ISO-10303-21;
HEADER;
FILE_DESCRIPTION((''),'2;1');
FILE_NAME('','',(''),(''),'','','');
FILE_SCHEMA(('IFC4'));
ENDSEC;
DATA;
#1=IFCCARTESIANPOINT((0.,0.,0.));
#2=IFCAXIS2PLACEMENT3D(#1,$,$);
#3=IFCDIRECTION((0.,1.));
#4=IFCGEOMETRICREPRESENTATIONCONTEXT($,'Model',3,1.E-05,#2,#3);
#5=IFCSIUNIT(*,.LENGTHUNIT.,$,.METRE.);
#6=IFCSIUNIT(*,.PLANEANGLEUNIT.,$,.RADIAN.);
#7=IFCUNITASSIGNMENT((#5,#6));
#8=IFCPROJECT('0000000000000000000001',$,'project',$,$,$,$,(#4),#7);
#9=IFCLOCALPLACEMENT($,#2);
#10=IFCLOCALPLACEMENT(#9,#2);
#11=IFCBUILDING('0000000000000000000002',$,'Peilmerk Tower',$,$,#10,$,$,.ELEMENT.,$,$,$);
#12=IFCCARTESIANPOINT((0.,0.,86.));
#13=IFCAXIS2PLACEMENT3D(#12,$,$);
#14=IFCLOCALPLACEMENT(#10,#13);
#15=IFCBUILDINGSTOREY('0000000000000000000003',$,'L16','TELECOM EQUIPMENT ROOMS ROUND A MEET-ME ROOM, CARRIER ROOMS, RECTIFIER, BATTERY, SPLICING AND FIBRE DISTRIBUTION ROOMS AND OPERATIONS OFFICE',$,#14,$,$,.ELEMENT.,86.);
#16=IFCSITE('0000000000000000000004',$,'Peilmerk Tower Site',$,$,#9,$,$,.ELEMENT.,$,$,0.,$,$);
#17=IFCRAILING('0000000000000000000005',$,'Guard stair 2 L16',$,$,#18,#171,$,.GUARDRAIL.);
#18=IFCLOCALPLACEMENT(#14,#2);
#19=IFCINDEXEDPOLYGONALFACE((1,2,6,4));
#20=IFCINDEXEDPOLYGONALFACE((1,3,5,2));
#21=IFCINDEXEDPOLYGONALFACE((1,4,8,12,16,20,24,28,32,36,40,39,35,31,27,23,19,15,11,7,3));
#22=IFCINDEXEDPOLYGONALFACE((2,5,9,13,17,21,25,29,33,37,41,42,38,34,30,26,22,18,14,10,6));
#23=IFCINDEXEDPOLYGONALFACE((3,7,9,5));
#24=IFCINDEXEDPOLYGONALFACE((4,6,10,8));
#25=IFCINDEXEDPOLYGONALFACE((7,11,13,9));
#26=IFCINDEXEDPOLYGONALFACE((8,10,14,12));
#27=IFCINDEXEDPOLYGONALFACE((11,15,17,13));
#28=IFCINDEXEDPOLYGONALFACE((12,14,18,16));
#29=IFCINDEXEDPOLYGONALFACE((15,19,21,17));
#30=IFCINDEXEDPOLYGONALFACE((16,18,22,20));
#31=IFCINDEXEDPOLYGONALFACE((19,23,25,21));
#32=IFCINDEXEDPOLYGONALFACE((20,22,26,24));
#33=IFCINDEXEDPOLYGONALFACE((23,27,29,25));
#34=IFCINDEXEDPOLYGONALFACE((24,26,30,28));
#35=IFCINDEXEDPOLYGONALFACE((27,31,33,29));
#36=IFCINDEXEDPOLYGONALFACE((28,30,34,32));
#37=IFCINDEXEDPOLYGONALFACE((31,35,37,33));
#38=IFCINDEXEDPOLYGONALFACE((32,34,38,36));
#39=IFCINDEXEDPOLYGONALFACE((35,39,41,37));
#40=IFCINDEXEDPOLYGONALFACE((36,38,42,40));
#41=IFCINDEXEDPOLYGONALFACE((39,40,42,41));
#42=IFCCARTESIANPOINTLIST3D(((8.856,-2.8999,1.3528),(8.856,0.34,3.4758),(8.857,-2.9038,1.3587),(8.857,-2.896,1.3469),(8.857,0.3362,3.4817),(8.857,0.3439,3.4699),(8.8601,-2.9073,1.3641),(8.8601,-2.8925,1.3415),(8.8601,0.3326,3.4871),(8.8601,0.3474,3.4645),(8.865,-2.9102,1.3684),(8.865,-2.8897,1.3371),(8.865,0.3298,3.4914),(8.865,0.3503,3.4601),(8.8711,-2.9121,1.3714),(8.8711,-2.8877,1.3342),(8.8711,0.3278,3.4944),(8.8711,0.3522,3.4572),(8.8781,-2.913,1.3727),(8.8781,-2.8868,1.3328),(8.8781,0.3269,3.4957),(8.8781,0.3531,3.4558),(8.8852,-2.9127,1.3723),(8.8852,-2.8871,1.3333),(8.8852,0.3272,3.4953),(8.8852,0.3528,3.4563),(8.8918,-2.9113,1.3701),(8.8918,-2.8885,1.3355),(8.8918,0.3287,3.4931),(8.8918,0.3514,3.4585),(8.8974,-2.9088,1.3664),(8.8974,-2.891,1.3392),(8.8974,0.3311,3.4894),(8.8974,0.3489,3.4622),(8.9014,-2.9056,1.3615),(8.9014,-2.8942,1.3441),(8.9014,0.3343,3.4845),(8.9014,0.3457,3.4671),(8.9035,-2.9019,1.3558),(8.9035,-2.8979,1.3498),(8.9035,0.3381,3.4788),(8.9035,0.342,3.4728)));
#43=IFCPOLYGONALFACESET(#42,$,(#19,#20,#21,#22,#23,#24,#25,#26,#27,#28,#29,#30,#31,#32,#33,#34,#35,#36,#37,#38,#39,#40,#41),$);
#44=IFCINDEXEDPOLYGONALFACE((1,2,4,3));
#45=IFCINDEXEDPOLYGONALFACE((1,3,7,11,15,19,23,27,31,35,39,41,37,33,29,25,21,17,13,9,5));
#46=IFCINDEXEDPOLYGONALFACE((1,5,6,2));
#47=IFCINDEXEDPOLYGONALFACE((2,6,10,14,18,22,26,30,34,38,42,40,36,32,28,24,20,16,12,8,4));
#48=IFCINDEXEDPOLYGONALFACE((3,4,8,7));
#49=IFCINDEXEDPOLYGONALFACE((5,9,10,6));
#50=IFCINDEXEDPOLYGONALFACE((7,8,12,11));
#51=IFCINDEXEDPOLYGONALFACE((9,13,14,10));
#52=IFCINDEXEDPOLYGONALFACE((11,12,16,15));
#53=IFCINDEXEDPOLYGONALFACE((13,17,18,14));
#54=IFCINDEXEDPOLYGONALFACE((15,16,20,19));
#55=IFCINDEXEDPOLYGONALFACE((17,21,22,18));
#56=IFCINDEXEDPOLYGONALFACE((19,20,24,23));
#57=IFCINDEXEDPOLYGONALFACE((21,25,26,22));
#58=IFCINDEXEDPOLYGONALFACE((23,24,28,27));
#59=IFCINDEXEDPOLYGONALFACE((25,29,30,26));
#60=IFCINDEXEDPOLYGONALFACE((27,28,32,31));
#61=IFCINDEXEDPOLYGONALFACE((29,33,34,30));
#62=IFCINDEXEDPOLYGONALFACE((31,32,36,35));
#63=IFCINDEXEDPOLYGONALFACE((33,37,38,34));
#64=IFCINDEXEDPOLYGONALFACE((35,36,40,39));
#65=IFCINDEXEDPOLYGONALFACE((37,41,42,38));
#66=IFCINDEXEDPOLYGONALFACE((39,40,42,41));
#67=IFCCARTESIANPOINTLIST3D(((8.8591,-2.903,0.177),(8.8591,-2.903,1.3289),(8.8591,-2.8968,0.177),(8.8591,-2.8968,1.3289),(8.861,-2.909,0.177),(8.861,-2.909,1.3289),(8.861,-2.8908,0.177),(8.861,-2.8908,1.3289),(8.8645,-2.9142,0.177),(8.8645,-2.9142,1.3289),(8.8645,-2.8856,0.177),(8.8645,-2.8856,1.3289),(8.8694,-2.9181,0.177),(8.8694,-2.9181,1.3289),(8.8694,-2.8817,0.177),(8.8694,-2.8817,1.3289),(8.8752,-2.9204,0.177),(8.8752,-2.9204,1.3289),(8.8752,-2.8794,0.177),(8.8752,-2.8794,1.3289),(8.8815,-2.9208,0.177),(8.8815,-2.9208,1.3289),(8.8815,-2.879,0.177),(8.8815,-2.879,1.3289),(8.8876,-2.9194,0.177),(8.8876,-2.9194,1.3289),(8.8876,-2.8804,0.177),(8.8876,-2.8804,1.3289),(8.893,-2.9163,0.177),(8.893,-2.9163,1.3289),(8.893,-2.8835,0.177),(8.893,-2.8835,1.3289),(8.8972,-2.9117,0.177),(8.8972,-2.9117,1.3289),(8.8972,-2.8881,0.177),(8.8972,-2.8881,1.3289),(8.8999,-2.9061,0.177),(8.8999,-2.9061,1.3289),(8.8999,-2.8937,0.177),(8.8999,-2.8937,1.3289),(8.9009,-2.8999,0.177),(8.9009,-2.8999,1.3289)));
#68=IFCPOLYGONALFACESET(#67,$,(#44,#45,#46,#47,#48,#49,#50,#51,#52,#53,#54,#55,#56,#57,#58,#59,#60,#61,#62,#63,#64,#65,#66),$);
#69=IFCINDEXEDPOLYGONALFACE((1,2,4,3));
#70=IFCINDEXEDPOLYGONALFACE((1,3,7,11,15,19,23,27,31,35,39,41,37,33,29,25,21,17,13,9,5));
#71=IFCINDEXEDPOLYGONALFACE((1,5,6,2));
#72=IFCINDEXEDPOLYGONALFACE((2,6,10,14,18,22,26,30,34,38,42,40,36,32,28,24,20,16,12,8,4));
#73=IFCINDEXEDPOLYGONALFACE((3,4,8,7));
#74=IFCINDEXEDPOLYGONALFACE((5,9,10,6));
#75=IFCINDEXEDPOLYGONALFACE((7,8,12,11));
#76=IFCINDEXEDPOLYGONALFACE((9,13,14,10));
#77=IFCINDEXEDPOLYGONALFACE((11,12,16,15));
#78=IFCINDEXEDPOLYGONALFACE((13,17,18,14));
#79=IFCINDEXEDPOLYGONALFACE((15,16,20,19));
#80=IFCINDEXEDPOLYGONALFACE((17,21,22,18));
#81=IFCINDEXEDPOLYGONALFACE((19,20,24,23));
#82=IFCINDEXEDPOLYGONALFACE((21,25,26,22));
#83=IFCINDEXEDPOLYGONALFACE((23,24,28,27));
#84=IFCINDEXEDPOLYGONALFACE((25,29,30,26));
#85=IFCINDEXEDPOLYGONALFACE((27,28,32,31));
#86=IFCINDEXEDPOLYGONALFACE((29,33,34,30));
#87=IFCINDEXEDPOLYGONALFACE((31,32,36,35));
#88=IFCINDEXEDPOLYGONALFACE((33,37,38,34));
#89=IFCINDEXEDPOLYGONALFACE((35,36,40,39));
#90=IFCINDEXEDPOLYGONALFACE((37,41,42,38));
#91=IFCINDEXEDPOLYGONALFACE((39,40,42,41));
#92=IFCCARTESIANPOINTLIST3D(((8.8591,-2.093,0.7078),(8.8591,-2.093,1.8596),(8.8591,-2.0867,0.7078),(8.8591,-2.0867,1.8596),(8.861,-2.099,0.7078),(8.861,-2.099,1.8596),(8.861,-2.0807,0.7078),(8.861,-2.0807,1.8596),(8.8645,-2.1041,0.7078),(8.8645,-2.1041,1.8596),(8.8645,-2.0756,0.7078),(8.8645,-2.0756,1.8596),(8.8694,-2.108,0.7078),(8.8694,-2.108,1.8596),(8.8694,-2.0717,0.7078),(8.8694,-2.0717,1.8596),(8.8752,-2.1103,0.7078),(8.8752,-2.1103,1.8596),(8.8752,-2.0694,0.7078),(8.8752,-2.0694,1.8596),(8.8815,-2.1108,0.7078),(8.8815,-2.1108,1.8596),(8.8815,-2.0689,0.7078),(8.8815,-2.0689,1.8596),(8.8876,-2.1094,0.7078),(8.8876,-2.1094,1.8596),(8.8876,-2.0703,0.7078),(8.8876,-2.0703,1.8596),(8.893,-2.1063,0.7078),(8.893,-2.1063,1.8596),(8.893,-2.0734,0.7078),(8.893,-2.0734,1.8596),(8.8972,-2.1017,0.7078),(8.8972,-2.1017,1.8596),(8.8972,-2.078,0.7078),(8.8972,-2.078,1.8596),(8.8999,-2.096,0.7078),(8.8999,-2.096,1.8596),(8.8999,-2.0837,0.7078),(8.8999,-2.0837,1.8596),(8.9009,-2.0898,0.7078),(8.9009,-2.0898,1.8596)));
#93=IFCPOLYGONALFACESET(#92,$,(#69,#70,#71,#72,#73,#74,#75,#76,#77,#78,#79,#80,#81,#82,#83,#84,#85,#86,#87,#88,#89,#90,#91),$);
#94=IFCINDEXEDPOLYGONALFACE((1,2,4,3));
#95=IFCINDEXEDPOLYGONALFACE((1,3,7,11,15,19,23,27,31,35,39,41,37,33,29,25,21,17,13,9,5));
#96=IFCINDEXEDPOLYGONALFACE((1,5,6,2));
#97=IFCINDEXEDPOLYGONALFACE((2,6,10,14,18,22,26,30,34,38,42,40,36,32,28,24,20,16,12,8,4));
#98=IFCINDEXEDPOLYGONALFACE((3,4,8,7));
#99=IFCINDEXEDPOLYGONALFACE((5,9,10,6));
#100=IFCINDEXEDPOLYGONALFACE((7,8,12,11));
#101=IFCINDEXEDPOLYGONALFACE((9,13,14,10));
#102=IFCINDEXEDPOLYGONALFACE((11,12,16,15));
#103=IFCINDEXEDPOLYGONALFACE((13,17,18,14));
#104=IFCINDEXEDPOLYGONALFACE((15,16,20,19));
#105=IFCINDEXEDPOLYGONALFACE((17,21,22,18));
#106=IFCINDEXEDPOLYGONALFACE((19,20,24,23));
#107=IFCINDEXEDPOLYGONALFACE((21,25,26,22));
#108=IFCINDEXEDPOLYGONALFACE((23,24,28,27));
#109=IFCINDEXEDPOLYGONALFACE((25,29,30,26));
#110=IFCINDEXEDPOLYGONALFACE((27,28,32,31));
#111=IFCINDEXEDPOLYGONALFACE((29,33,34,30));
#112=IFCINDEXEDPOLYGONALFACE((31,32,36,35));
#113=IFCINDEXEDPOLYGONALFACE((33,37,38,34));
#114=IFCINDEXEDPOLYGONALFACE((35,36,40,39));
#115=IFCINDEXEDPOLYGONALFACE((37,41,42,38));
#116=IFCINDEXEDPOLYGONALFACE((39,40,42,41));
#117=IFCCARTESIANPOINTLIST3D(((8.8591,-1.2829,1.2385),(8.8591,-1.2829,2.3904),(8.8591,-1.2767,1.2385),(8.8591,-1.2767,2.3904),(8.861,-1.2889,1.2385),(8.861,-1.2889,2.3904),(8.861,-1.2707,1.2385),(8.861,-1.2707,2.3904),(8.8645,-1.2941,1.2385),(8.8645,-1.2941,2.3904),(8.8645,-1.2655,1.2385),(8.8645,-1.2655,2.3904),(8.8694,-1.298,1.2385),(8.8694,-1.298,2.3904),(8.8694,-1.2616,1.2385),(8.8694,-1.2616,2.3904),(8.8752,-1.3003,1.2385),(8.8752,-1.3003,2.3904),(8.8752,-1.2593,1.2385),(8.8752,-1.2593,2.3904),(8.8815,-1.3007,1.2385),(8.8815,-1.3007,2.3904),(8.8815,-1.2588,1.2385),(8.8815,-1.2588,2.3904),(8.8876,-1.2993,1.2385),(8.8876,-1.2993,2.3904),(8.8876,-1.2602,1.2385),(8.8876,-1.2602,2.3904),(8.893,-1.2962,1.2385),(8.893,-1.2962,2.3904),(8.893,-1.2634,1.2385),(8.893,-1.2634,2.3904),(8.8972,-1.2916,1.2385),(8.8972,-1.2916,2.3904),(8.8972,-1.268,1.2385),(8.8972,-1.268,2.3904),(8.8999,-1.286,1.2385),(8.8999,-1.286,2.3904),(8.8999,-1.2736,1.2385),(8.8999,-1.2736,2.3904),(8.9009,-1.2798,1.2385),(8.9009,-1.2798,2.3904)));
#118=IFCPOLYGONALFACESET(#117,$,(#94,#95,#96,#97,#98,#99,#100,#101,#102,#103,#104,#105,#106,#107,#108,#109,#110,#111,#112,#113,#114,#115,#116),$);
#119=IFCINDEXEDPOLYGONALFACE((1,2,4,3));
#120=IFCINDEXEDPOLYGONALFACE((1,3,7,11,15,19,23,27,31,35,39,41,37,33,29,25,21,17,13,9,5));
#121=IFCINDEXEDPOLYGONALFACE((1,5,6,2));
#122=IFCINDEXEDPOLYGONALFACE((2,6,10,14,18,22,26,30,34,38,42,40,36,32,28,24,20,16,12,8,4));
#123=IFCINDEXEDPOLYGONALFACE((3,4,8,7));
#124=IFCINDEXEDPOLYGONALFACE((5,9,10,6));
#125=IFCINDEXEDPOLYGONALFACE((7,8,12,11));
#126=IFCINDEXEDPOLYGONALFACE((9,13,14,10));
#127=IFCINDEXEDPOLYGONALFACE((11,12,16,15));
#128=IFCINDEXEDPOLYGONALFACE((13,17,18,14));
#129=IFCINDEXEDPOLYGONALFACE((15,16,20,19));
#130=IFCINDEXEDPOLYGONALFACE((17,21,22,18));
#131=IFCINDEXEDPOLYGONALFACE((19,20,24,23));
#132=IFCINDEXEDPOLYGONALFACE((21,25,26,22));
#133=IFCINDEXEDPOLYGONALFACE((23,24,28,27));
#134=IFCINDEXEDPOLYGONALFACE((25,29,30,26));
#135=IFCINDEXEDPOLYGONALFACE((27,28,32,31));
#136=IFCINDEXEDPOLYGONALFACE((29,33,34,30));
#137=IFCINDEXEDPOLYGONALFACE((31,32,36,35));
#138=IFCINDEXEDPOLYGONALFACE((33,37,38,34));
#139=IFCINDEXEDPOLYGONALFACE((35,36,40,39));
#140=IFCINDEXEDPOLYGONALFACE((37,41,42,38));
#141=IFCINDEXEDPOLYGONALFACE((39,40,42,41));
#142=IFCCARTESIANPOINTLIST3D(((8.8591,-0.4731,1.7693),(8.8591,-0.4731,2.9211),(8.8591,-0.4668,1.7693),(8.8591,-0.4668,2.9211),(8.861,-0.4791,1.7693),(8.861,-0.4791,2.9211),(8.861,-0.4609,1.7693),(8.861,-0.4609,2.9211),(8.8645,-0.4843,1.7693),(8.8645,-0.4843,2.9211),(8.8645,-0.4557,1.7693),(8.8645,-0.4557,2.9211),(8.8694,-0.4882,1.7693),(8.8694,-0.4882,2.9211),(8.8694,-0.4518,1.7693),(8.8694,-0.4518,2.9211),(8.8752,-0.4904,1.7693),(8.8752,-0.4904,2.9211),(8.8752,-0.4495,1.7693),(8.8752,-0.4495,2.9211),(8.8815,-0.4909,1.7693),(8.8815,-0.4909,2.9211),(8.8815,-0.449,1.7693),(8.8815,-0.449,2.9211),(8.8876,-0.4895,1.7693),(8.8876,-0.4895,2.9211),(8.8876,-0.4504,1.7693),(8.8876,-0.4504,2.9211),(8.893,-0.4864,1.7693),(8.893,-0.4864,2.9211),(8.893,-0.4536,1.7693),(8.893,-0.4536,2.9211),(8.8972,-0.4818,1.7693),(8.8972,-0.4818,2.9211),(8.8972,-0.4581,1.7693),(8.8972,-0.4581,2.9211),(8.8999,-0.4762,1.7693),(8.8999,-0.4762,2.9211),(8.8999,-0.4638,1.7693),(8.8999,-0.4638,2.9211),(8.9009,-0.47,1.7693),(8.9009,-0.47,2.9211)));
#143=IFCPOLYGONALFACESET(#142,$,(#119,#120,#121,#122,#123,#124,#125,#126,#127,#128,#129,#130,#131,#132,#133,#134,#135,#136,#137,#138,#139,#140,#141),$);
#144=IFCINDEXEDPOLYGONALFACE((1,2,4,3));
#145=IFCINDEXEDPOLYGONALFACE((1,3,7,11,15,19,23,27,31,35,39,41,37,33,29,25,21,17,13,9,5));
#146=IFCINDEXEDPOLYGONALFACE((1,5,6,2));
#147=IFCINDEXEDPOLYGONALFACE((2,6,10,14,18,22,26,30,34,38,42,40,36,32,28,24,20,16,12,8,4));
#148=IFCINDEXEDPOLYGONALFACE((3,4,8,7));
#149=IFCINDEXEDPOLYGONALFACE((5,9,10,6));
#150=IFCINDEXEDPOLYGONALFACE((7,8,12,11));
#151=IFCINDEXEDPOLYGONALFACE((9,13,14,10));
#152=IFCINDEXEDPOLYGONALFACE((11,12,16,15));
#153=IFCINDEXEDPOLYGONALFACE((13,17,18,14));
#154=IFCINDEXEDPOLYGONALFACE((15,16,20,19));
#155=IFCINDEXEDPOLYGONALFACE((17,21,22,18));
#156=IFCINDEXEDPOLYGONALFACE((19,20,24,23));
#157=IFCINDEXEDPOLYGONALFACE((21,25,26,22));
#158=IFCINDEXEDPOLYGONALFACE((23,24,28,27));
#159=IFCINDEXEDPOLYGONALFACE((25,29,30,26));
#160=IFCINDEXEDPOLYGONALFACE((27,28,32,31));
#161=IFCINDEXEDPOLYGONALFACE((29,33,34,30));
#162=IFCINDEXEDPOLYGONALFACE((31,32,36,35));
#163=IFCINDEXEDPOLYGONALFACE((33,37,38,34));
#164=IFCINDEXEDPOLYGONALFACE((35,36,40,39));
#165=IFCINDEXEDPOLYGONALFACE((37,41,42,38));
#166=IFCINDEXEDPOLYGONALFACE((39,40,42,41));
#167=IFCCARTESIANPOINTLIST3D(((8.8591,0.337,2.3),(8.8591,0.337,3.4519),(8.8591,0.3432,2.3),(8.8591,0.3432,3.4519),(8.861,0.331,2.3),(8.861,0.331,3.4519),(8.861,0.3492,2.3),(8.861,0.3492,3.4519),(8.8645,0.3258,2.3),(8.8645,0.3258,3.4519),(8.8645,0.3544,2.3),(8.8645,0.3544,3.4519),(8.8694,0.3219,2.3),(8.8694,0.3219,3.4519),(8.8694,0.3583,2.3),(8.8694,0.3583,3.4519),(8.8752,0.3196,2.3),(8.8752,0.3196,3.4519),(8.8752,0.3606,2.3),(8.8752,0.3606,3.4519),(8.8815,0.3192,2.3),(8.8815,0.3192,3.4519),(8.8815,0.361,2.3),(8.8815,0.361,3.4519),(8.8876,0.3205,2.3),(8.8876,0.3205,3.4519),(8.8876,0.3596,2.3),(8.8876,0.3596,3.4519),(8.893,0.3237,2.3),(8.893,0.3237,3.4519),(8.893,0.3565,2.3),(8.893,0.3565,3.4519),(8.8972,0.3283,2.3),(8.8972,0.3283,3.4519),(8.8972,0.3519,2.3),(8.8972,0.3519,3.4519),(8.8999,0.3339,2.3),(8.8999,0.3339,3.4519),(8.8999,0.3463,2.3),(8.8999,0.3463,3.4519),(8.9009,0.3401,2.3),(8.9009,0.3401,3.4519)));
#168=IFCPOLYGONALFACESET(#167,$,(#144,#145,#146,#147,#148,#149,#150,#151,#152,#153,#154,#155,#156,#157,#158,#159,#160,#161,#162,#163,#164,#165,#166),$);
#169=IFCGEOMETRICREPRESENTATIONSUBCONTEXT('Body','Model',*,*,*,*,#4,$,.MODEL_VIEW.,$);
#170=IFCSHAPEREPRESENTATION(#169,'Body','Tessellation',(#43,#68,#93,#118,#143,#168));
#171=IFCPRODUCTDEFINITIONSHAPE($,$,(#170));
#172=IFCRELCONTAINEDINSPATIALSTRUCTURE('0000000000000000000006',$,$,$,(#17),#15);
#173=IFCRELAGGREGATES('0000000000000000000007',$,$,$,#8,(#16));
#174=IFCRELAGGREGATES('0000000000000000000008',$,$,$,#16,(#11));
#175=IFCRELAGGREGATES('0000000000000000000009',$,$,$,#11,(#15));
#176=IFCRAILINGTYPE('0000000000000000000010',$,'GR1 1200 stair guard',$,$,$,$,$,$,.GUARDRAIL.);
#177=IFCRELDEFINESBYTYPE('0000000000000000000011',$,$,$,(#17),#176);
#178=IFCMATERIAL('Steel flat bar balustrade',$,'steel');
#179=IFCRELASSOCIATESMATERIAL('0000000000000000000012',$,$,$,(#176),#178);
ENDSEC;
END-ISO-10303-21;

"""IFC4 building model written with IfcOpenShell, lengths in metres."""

from ifc_helpers import new_model, si_unit, direction, frame, origin, origin_2d, place, context, subcontext, project, spatial, circle, extrude, material, type_object, element, save


model = new_model("IFC4")

# Units and contexts
model_context = context("Model", 3, precision=1e-05, world=origin(), true_north=direction((0.0, 1.0)))
body_context = subcontext(model_context, "Body", "Model", "MODEL_VIEW")
ifc_project = project(units=[si_unit("LENGTHUNIT", "METRE"), si_unit("PLANEANGLEUNIT", "RADIAN")], contexts=[model_context])

# Site, building, storey
site_placement = place(None, origin())
site = spatial("IfcSite", under=ifc_project, at=site_placement, Name="Peilmerk Tower Site", CompositionType="ELEMENT", RefElevation=0.0)
building_placement = place(site_placement, origin())
building = spatial("IfcBuilding", under=site, at=building_placement, Name="Peilmerk Tower", CompositionType="ELEMENT")
storey_placement = place(building_placement, frame((0.0, 0.0, 86.0)))
storey = spatial("IfcBuildingStorey", under=building, at=storey_placement, Name="L16", Description="TELECOM EQUIPMENT ROOMS ROUND A MEET-ME ROOM, CARRIER ROOMS, RECTIFIER, BATTERY, SPLICING AND FIBRE DISTRIBUTION ROOMS AND OPERATIONS OFFICE", CompositionType="ELEMENT", Elevation=86.0)

# Railing
ifc_material_1 = material(Name="Steel flat bar balustrade", Category="steel")
railing_type_1 = type_object("IfcRailingType", Name="GR1 1200 stair guard", PredefinedType="GUARDRAIL", material=ifc_material_1)
railing_1_placement = place(storey_placement, frame((8.8799, -2.8999, 0.177)))
element("IfcRailing", 1, at=railing_1_placement, inside=storey, type_object=railing_type_1, Name="Guard stair 2 L16", PredefinedType="GUARDRAIL", context=body_context, shape_type="SweptSolid", body=[
    extrude(circle(Radius=0.0239, at=origin_2d()), frame((0.0, 0.0, 1.1758), z_axis=(0.0, 0.836426, 0.548079), x_axis=(-1.0, 0.0, 0.0)), (0.0, 0.0, 1.0), 3.8735),
    extrude(circle(Radius=0.021, at=origin_2d()), origin(), (0.0, 0.0, 1.0), 1.1519),
    extrude(circle(Radius=0.021, at=origin_2d()), frame((0.0, 0.8101, 0.5308)), (0.0, 0.0, 1.0), 1.1519),
    extrude(circle(Radius=0.021, at=origin_2d()), frame((0.0, 1.6201, 1.0615)), (0.0, 0.0, 1.0), 1.1519),
    extrude(circle(Radius=0.021, at=origin_2d()), frame((0.0, 2.4299, 1.5923)), (0.0, 0.0, 1.0), 1.1519),
    extrude(circle(Radius=0.021, at=origin_2d()), frame((0.0, 3.24, 2.123)), (0.0, 0.0, 1.0), 1.1519),
])

save(model, "model.ifc")
